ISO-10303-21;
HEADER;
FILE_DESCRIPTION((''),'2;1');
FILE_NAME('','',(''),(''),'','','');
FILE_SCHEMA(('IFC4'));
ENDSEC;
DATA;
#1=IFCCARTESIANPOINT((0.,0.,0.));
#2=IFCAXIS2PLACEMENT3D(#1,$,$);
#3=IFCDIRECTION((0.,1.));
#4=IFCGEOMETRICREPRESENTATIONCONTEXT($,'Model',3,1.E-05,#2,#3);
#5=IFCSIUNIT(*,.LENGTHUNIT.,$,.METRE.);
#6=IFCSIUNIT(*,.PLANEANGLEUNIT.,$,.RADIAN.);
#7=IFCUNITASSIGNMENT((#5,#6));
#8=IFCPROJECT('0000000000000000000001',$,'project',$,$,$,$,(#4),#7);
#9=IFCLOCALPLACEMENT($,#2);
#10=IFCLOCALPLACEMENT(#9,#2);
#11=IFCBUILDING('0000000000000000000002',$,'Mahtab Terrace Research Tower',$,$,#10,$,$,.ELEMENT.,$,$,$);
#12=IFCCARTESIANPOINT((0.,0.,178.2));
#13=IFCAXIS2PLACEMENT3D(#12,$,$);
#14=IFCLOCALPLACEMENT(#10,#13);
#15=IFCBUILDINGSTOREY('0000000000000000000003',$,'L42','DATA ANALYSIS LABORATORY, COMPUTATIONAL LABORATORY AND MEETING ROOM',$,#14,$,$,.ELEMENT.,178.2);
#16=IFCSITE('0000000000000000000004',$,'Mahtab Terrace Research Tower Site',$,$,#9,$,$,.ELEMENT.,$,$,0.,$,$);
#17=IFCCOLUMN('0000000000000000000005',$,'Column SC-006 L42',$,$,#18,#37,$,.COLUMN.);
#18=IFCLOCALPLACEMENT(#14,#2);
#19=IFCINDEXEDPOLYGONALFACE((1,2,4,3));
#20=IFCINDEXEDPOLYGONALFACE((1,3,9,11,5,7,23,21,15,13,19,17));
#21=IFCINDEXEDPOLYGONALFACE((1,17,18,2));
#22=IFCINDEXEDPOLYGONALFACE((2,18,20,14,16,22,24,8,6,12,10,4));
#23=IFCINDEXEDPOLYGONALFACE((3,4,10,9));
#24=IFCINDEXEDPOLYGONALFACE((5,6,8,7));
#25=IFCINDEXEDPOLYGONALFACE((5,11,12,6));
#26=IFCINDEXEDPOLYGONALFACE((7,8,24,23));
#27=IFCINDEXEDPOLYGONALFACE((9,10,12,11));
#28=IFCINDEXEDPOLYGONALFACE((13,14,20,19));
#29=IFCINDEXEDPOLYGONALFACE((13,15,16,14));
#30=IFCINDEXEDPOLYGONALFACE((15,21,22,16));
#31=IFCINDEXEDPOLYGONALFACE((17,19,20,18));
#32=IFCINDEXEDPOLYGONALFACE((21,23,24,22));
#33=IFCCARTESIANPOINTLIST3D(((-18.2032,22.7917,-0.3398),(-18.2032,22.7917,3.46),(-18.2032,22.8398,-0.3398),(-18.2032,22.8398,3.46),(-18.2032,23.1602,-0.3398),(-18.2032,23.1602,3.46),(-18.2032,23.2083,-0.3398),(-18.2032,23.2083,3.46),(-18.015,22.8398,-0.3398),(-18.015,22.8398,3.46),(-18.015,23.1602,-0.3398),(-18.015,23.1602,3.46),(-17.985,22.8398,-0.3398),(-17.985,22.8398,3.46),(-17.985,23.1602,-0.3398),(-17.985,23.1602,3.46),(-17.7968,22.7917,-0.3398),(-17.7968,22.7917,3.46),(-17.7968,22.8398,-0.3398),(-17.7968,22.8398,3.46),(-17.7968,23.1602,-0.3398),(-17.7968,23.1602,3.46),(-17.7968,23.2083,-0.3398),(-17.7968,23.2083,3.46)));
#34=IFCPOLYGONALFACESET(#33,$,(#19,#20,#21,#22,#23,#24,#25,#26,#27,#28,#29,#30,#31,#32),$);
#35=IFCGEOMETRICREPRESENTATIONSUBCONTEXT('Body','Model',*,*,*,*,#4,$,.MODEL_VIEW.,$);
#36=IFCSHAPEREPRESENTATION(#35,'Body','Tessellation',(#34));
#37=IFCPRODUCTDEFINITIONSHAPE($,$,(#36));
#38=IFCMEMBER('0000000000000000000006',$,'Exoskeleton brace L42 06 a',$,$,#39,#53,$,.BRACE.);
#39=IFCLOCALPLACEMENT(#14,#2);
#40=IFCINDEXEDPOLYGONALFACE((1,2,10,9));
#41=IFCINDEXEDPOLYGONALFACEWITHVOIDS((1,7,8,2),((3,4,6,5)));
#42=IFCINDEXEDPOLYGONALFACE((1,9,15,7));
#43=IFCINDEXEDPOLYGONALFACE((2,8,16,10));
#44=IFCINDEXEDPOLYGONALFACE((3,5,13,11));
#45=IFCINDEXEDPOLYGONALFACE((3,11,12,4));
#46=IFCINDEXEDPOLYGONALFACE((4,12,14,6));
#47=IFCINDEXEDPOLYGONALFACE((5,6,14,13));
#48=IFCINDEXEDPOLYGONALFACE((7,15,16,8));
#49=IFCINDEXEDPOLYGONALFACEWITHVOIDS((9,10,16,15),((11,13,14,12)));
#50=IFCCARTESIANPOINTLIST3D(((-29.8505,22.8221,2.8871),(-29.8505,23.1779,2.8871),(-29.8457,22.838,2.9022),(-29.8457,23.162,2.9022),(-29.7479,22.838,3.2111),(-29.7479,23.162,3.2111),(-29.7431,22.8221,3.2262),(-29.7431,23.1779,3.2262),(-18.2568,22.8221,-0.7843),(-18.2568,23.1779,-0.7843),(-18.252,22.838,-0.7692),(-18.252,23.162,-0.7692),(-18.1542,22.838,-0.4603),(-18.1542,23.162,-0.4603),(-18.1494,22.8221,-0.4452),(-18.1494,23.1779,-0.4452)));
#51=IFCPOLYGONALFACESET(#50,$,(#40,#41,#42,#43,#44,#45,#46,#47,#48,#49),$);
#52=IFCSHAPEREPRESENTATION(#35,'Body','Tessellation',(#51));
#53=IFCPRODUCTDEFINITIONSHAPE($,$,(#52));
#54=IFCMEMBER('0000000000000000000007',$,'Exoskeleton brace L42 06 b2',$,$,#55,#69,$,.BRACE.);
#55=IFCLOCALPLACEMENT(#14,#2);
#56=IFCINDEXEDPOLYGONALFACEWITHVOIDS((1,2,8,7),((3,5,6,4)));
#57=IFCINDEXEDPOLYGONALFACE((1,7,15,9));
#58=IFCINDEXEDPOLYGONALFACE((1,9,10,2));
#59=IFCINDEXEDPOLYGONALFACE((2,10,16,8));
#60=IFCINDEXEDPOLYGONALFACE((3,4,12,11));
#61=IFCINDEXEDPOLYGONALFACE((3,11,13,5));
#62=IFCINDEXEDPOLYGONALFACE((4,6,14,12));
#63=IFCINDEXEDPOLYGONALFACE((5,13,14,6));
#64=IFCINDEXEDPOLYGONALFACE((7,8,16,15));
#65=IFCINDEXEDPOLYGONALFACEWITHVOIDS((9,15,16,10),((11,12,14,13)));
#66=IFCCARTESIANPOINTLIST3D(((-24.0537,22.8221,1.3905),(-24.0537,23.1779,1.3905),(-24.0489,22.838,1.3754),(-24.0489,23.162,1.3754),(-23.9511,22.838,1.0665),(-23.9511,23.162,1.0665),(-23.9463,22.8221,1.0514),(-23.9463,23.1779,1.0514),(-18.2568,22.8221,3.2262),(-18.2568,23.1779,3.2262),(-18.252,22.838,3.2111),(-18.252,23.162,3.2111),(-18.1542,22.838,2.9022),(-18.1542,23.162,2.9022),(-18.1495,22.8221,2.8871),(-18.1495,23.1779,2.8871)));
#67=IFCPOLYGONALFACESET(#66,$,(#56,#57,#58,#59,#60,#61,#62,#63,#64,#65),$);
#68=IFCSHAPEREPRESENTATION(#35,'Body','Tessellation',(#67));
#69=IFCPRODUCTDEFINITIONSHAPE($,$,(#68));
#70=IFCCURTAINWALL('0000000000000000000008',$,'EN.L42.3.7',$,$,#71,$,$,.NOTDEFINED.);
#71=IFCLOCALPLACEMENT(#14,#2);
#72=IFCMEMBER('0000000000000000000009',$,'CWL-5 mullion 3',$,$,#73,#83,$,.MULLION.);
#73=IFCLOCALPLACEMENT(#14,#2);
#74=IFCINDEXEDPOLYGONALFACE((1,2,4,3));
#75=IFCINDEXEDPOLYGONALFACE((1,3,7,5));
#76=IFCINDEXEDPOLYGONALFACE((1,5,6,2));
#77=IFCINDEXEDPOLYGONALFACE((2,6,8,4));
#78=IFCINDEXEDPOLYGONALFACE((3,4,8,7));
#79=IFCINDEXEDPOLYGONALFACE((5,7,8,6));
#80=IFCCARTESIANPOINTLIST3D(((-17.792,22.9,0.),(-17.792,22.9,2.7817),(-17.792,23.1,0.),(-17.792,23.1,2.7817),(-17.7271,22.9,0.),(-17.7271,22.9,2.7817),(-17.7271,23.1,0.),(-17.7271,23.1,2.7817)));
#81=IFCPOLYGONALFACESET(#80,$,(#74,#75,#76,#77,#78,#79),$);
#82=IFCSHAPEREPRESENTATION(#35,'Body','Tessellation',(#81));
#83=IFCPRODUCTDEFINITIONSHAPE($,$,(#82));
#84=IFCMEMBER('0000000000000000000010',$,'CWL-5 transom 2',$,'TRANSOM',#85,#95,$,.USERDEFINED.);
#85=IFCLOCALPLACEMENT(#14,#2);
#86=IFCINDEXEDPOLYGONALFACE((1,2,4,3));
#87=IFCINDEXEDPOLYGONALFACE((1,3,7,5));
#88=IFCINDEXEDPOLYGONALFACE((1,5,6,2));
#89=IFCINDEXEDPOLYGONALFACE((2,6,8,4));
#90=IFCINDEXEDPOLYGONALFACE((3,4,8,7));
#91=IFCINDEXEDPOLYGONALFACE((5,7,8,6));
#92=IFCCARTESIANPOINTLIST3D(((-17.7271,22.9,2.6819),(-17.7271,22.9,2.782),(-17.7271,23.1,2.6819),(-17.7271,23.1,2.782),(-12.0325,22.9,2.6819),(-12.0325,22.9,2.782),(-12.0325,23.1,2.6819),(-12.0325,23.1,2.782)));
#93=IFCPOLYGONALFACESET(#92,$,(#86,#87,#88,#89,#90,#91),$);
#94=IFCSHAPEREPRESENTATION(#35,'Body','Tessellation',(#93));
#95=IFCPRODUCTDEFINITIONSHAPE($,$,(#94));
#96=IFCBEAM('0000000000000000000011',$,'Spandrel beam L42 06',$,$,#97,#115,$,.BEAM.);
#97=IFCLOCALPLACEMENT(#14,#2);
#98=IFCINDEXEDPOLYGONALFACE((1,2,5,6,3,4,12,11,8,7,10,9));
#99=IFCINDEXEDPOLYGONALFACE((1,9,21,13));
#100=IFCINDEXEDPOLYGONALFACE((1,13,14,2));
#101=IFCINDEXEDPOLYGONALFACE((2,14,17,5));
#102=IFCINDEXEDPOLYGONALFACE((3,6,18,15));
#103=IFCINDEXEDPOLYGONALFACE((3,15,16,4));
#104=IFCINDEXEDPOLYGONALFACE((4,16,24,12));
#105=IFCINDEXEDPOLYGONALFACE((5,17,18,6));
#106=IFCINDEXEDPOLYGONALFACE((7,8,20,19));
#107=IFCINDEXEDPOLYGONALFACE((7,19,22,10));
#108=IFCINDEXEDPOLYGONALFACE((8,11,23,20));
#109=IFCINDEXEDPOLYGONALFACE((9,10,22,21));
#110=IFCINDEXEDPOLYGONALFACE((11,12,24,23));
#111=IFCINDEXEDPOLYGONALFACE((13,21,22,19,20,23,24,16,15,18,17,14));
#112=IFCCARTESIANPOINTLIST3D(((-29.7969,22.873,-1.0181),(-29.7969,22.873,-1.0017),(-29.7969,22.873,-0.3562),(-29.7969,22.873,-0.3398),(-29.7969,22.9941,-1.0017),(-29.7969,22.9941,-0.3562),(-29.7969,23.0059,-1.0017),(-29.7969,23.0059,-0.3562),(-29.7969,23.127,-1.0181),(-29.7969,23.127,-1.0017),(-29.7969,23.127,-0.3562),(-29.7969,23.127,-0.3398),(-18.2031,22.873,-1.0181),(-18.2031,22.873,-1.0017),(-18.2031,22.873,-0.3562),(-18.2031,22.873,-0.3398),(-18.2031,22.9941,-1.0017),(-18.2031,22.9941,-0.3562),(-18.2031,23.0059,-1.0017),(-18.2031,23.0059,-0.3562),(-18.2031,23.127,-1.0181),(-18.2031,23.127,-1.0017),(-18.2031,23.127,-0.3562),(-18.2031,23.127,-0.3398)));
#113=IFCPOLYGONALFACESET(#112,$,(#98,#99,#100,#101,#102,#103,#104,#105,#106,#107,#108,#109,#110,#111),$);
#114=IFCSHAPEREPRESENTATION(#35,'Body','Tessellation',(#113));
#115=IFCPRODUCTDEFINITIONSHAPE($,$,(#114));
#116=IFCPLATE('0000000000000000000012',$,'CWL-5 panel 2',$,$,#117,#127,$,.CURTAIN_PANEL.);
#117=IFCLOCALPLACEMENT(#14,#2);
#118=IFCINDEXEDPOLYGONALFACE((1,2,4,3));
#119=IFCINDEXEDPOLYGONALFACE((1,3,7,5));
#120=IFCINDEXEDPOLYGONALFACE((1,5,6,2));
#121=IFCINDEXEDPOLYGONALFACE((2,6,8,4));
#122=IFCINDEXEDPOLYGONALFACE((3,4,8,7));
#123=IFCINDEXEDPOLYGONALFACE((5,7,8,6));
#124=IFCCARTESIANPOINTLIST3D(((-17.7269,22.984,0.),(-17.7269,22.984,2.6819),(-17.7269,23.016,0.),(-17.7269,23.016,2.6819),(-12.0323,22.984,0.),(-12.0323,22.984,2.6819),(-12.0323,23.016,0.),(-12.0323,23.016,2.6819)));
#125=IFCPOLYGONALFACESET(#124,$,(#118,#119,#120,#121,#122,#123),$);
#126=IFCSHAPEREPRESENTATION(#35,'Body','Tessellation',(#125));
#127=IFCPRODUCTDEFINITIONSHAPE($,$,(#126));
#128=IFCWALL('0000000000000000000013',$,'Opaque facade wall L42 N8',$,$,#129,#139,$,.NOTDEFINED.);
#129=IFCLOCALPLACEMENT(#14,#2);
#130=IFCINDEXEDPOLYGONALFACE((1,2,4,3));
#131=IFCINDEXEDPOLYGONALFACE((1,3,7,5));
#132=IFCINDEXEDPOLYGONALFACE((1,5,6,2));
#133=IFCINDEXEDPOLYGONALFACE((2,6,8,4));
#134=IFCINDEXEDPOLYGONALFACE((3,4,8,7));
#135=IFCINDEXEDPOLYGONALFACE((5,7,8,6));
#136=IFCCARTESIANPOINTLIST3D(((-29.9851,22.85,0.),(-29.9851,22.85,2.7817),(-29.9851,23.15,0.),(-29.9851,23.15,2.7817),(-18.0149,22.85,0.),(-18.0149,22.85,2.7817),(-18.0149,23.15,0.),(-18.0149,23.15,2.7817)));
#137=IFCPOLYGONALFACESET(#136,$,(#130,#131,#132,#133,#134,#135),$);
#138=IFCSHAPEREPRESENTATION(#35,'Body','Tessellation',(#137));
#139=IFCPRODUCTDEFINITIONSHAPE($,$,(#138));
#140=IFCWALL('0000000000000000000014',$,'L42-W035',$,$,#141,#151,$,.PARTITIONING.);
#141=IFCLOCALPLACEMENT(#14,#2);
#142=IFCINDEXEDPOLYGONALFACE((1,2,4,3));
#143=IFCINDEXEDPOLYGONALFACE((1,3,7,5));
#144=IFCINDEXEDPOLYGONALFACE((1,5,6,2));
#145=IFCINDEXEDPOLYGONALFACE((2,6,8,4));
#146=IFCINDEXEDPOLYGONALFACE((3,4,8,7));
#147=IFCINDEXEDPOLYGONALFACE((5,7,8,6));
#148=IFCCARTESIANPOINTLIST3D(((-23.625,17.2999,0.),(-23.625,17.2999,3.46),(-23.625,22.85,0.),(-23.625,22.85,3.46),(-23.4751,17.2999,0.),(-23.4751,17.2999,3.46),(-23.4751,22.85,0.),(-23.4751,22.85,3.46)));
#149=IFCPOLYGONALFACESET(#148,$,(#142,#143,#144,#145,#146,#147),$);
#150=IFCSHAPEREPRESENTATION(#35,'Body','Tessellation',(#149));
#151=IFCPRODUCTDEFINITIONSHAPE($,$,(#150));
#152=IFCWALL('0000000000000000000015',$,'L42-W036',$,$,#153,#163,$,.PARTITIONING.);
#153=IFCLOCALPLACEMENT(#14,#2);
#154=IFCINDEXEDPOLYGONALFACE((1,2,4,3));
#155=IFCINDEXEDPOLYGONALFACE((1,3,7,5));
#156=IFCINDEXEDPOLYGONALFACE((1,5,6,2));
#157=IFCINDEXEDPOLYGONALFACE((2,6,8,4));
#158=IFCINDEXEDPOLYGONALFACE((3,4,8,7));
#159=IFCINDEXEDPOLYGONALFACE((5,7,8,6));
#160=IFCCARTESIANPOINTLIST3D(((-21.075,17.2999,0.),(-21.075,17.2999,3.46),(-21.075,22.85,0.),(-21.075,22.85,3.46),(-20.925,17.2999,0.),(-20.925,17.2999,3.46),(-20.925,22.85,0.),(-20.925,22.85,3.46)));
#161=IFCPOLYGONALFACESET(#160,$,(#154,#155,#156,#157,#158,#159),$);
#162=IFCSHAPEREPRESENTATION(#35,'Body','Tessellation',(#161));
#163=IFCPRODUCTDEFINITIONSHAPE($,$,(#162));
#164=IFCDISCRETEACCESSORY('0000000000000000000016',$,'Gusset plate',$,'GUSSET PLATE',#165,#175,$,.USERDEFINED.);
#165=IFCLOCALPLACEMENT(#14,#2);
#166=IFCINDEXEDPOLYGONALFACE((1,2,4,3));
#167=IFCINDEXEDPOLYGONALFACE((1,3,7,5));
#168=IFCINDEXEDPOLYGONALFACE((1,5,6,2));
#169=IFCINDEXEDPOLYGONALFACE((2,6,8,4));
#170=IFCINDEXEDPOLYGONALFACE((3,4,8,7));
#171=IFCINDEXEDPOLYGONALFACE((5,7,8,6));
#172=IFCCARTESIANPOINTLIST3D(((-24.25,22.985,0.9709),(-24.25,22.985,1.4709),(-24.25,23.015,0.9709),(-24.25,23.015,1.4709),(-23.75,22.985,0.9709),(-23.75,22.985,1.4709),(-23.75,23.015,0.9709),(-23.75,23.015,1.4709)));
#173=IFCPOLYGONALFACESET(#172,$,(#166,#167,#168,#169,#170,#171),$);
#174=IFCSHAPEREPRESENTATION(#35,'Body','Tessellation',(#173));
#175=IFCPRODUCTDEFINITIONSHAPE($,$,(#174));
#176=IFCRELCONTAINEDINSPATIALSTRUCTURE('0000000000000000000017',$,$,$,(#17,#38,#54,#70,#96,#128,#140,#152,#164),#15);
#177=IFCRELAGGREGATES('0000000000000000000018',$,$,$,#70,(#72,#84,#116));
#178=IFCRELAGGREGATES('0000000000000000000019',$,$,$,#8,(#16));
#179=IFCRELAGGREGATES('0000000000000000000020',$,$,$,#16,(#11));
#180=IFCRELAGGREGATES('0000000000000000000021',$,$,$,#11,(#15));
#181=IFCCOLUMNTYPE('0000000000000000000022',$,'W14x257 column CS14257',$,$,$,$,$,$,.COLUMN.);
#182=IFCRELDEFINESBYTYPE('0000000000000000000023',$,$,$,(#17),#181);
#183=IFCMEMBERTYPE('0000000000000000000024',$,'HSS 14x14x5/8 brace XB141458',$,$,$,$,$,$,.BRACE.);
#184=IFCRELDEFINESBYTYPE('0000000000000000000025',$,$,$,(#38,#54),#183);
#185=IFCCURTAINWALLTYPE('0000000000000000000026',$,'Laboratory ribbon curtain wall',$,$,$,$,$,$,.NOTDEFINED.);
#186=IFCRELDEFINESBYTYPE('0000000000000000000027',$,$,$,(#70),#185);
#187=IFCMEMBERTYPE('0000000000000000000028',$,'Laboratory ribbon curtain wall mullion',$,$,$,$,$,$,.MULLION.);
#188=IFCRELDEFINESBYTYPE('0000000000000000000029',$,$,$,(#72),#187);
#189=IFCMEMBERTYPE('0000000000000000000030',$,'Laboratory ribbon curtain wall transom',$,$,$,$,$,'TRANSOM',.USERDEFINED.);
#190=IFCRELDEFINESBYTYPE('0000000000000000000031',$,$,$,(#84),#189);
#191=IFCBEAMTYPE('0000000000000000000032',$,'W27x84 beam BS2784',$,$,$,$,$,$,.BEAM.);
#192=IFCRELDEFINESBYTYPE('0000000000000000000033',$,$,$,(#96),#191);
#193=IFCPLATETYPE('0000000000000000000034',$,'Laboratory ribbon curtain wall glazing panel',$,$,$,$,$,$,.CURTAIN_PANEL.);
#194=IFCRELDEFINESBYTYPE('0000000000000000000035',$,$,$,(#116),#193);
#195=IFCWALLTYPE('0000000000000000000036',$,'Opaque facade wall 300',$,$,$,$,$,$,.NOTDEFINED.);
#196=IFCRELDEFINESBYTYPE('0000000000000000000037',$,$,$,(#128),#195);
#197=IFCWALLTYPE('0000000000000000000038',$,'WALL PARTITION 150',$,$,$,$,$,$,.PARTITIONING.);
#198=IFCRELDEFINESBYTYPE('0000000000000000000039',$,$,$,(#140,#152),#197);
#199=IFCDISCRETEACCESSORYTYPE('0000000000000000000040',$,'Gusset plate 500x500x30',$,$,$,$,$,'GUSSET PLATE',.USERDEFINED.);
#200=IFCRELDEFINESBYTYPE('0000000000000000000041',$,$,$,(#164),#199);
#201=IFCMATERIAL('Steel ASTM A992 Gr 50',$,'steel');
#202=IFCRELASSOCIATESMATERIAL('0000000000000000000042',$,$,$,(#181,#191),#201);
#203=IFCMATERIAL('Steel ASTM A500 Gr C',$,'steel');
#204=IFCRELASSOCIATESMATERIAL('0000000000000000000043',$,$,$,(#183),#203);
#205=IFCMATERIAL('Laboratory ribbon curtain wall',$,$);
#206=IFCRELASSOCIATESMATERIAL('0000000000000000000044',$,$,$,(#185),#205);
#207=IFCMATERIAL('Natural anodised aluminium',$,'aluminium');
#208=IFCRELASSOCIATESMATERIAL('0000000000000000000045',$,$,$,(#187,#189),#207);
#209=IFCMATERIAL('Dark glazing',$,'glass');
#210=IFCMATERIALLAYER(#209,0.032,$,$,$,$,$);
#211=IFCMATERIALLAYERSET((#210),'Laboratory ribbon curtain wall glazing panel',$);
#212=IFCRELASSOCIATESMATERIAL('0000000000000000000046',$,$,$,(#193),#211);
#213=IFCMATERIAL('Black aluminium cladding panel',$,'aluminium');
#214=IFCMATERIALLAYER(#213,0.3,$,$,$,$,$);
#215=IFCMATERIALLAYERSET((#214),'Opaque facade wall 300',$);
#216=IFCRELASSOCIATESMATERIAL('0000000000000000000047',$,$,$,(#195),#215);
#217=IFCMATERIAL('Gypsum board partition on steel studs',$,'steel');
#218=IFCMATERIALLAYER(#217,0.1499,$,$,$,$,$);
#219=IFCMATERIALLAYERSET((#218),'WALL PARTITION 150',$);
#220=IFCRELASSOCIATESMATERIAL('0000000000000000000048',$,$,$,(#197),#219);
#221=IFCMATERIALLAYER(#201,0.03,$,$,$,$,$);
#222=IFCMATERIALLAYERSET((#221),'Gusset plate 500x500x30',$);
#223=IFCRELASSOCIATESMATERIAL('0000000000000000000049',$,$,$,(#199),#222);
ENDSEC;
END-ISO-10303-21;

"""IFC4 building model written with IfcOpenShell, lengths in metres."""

from ifc_helpers import new_model, si_unit, direction, frame, frame_2d, origin, origin_2d, place, context, subcontext, project, spatial, rectangle, hollow_rectangle, i_section, extrude, material, layer, layer_set, material_profile, profile_set, type_object, element, aggregate, save


model = new_model("IFC4")

# Units and contexts
model_context = context("Model", 3, precision=1e-05, world=origin(), true_north=direction((0.0, 1.0)))
body_context = subcontext(model_context, "Body", "Model", "MODEL_VIEW")
ifc_project = project(units=[si_unit("LENGTHUNIT", "METRE"), si_unit("PLANEANGLEUNIT", "RADIAN")], contexts=[model_context])

# Site, building, storey
site_placement = place(None, origin())
site = spatial("IfcSite", under=ifc_project, at=site_placement, Name="Mahtab Terrace Research Tower Site", CompositionType="ELEMENT", RefElevation=0.0)
building_placement = place(site_placement, origin())
building = spatial("IfcBuilding", under=site, at=building_placement, Name="Mahtab Terrace Research Tower", CompositionType="ELEMENT")
storey_placement = place(building_placement, frame((0.0, 0.0, 178.2)))
storey = spatial("IfcBuildingStorey", under=building, at=storey_placement, Name="L42", Description="DATA ANALYSIS LABORATORY, COMPUTATIONAL LABORATORY AND MEETING ROOM", CompositionType="ELEMENT", Elevation=178.2)

# Column
ifc_material_1 = material(Name="Steel ASTM A992 Gr 50", Category="steel")
ifc_material_profile_1 = material_profile(ifc_material_1, i_section(OverallWidth=0.4065, OverallDepth=0.4165, WebThickness=0.03, FlangeThickness=0.0481, at=origin_2d()), Name="W14X257")
ifc_profile_set_1 = profile_set([ifc_material_profile_1], Name="Steel ASTM A992 Gr 50")
column_type = type_object("IfcColumnType", Name="W14x257 column CS14257", PredefinedType="COLUMN", material=ifc_profile_set_1)
column_placement = place(storey_placement, frame((-18.0, 23.0, -0.3398), z_axis=(0.0, 0.0, 1.0), x_axis=(1.0, 0.0, 0.0)))
element("IfcColumn", 1, at=column_placement, inside=storey, type_object=column_type, Name="Column SC-006 L42", PredefinedType="COLUMN", context=body_context, shape_type="SweptSolid", body=[
    extrude(i_section(OverallWidth=0.4065, OverallDepth=0.4165, WebThickness=0.03, FlangeThickness=0.0481, at=origin_2d()), origin(), (0.0, 0.0, 1.0), 3.7998),
])

# Members
ifc_material_2 = material(Name="Steel ASTM A500 Gr C", Category="steel")
ifc_material_profile_2 = material_profile(ifc_material_2, hollow_rectangle(XDim=0.3557, YDim=0.3557, WallThickness=0.0159, at=origin_2d()), Name="HSS14X14X5/8")
ifc_profile_set_2 = profile_set([ifc_material_profile_2], Name="Steel ASTM A500 Gr C")
member_type_1 = type_object("IfcMemberType", Name="HSS 14x14x5/8 brace XB141458", PredefinedType="BRACE", material=ifc_profile_set_2)
member_1_placement = place(storey_placement, frame((-18.2031, 23.0, -0.6147), z_axis=(-0.953341, 0.0, 0.301894), x_axis=(0.0, -1.0, 0.0)))
element("IfcMember", 2, at=member_1_placement, inside=storey, type_object=member_type_1, Name="Exoskeleton brace L42 06 a", PredefinedType="BRACE", context=body_context, shape_type="SweptSolid", body=[
    extrude(hollow_rectangle(XDim=0.3557, YDim=0.3557, WallThickness=0.0159, at=origin_2d()), origin(), (0.0, 0.0, 1.0), 12.1611),
])
member_2_placement = place(storey_placement, frame((-24.0, 23.0, 1.2209), z_axis=(0.953341, 0.0, 0.301894), x_axis=(0.0, 1.0, 0.0)))
element("IfcMember", 3, at=member_2_placement, inside=storey, type_object=member_type_1, Name="Exoskeleton brace L42 06 b2", PredefinedType="BRACE", context=body_context, shape_type="SweptSolid", body=[
    extrude(hollow_rectangle(XDim=0.3557, YDim=0.3557, WallThickness=0.0159, at=origin_2d()), origin(), (0.0, 0.0, 1.0), 6.0806),
])

# Curtain wall, members
ifc_material_3 = material(Name="Laboratory ribbon curtain wall")
curtain_wall_type = type_object("IfcCurtainWallType", Name="Laboratory ribbon curtain wall", PredefinedType="NOTDEFINED", material=ifc_material_3)
curtain_wall_placement = place(storey_placement, origin())
curtain_wall = element("IfcCurtainWall", 4, at=curtain_wall_placement, inside=storey, type_object=curtain_wall_type, Name="EN.L42.3.7", PredefinedType="NOTDEFINED")
ifc_material_4 = material(Name="Natural anodised aluminium", Category="aluminium")
ifc_material_profile_3 = material_profile(ifc_material_4, rectangle(XDim=0.2, YDim=0.0649, at=origin_2d()), Name="MULLION 65x200")
ifc_profile_set_3 = profile_set([ifc_material_profile_3], Name="Natural anodised aluminium")
member_type_2 = type_object("IfcMemberType", Name="Laboratory ribbon curtain wall mullion", PredefinedType="MULLION", material=ifc_profile_set_3)
member_3_placement = place(storey_placement, frame((-17.7595, 23.0, 0.0), z_axis=(0.0, 0.0, 1.0), x_axis=(0.0, -1.0, 0.0)))
member_3 = element("IfcMember", 5, at=member_3_placement, type_object=member_type_2, Name="CWL-5 mullion 3", PredefinedType="MULLION", context=body_context, shape_type="SweptSolid", body=[
    extrude(rectangle(XDim=0.2, YDim=0.0649, at=origin_2d()), origin(), (0.0, 0.0, 1.0), 2.7817),
])
ifc_material_profile_4 = material_profile(ifc_material_4, rectangle(XDim=0.2, YDim=0.1001, at=origin_2d()), Name="TRANSOM 100x200")
ifc_profile_set_4 = profile_set([ifc_material_profile_4], Name="Natural anodised aluminium")
member_type_3 = type_object("IfcMemberType", Name="Laboratory ribbon curtain wall transom", ElementType="TRANSOM", PredefinedType="USERDEFINED", material=ifc_profile_set_4)
member_4_placement = place(storey_placement, frame((-12.0325, 23.0, 2.7319), z_axis=(-1.0, 0.0, 0.0), x_axis=(0.0, -1.0, 0.0)))
member_4 = element("IfcMember", 6, at=member_4_placement, type_object=member_type_3, Name="CWL-5 transom 2", ObjectType="TRANSOM", PredefinedType="USERDEFINED", context=body_context, shape_type="SweptSolid", body=[
    extrude(rectangle(XDim=0.2, YDim=0.1001, at=origin_2d()), origin(), (0.0, 0.0, 1.0), 5.6946),
])

# Beam
ifc_material_profile_5 = material_profile(ifc_material_1, i_section(OverallWidth=0.2539, OverallDepth=0.6782, WebThickness=0.0117, FlangeThickness=0.0164, at=origin_2d()), Name="W27X84")
ifc_profile_set_5 = profile_set([ifc_material_profile_5], Name="Steel ASTM A992 Gr 50")
beam_type = type_object("IfcBeamType", Name="W27x84 beam BS2784", PredefinedType="BEAM", material=ifc_profile_set_5)
beam_placement = place(storey_placement, frame((-18.2031, 23.0, -0.679), z_axis=(-1.0, 0.0, 0.0), x_axis=(0.0, -1.0, 0.0)))
element("IfcBeam", 7, at=beam_placement, inside=storey, type_object=beam_type, Name="Spandrel beam L42 06", PredefinedType="BEAM", context=body_context, shape_type="SweptSolid", body=[
    extrude(i_section(OverallWidth=0.2539, OverallDepth=0.6782, WebThickness=0.0117, FlangeThickness=0.0164, at=origin_2d()), origin(), (0.0, 0.0, 1.0), 11.5938),
])

# Plate
ifc_material_5 = material(Name="Dark glazing", Category="glass")
ifc_layer_1 = layer(ifc_material_5, 0.032)
ifc_layer_set_1 = layer_set([ifc_layer_1], Name="Laboratory ribbon curtain wall glazing panel")
plate_type = type_object("IfcPlateType", Name="Laboratory ribbon curtain wall glazing panel", PredefinedType="CURTAIN_PANEL", material=ifc_layer_set_1)
plate_placement = place(storey_placement, frame((-14.8796, 23.0, 0.0), z_axis=(0.0, 0.0, 1.0), x_axis=(-1.0, 0.0, 0.0)))
plate = element("IfcPlate", 8, at=plate_placement, type_object=plate_type, Name="CWL-5 panel 2", PredefinedType="CURTAIN_PANEL", context=body_context, shape_type="SweptSolid", body=[
    extrude(rectangle(XDim=5.6946, YDim=0.032, at=origin_2d()), origin(), (0.0, 0.0, 1.0), 2.6819),
])
aggregate(curtain_wall, [member_3, member_4, plate])

# Walls
ifc_material_6 = material(Name="Black aluminium cladding panel", Category="aluminium")
ifc_layer_2 = layer(ifc_material_6, 0.3)
ifc_layer_set_2 = layer_set([ifc_layer_2], Name="Opaque facade wall 300")
wall_type_1 = type_object("IfcWallType", Name="Opaque facade wall 300", PredefinedType="NOTDEFINED", material=ifc_layer_set_2)
wall_placement = place(storey_placement, frame((-18.0149, 23.0, 0.0), z_axis=(0.0, 0.0, 1.0), x_axis=(-1.0, 0.0, 0.0)))
element("IfcWall", 9, at=wall_placement, inside=storey, type_object=wall_type_1, Name="Opaque facade wall L42 N8", PredefinedType="NOTDEFINED", context=body_context, shape_type="SweptSolid", body=[
    extrude(rectangle(XDim=11.9702, YDim=0.3, at=frame_2d((5.9851, 0.0))), origin(), (0.0, 0.0, 1.0), 2.7817),
])
ifc_material_7 = material(Name="Gypsum board partition on steel studs", Category="steel")
ifc_layer_3 = layer(ifc_material_7, 0.1499)
ifc_layer_set_3 = layer_set([ifc_layer_3], Name="WALL PARTITION 150")
wall_type_2 = type_object("IfcWallType", Name="WALL PARTITION 150", PredefinedType="PARTITIONING", material=ifc_layer_set_3)
for number, where, z_axis, x_axis, name in (
    (10, (-23.55, 17.3, 0.0), (0.0, 0.0, 1.0), (0.0, 1.0, 0.0), "L42-W035"),
    (11, (-21.0, 17.3, 0.0), (0.0, 0.0, 1.0), (0.0, 1.0, 0.0), "L42-W036"),
):
    element("IfcWall", number, at=place(storey_placement, frame(where, z_axis=z_axis, x_axis=x_axis)), inside=storey, type_object=wall_type_2, Name=name, PredefinedType="PARTITIONING", context=body_context, shape_type="SweptSolid", body=[
        extrude(rectangle(XDim=5.55, YDim=0.1499, at=frame_2d((2.7749, 0.0))), origin(), (0.0, 0.0, 1.0), 3.46),
    ])

# Discrete accessory
ifc_layer_4 = layer(ifc_material_1, 0.03)
ifc_layer_set_4 = layer_set([ifc_layer_4], Name="Gusset plate 500x500x30")
discrete_accessory_type = type_object("IfcDiscreteAccessoryType", Name="Gusset plate 500x500x30", ElementType="GUSSET PLATE", PredefinedType="USERDEFINED", material=ifc_layer_set_4)
for number, where, z_axis, x_axis, name in (
    (12, (-24.0, 23.0, 0.9709), (0.0, 0.0, 1.0), (1.0, 0.0, 0.0), "Gusset plate"),
):
    element("IfcDiscreteAccessory", number, at=place(storey_placement, frame(where, z_axis=z_axis, x_axis=x_axis)), inside=storey, type_object=discrete_accessory_type, Name=name, ObjectType="GUSSET PLATE", PredefinedType="USERDEFINED", context=body_context, shape_type="SweptSolid", body=[
        extrude(rectangle(XDim=0.5, YDim=0.03, at=origin_2d()), origin(), (0.0, 0.0, 1.0), 0.5),
    ])

save(model, "model.ifc")
